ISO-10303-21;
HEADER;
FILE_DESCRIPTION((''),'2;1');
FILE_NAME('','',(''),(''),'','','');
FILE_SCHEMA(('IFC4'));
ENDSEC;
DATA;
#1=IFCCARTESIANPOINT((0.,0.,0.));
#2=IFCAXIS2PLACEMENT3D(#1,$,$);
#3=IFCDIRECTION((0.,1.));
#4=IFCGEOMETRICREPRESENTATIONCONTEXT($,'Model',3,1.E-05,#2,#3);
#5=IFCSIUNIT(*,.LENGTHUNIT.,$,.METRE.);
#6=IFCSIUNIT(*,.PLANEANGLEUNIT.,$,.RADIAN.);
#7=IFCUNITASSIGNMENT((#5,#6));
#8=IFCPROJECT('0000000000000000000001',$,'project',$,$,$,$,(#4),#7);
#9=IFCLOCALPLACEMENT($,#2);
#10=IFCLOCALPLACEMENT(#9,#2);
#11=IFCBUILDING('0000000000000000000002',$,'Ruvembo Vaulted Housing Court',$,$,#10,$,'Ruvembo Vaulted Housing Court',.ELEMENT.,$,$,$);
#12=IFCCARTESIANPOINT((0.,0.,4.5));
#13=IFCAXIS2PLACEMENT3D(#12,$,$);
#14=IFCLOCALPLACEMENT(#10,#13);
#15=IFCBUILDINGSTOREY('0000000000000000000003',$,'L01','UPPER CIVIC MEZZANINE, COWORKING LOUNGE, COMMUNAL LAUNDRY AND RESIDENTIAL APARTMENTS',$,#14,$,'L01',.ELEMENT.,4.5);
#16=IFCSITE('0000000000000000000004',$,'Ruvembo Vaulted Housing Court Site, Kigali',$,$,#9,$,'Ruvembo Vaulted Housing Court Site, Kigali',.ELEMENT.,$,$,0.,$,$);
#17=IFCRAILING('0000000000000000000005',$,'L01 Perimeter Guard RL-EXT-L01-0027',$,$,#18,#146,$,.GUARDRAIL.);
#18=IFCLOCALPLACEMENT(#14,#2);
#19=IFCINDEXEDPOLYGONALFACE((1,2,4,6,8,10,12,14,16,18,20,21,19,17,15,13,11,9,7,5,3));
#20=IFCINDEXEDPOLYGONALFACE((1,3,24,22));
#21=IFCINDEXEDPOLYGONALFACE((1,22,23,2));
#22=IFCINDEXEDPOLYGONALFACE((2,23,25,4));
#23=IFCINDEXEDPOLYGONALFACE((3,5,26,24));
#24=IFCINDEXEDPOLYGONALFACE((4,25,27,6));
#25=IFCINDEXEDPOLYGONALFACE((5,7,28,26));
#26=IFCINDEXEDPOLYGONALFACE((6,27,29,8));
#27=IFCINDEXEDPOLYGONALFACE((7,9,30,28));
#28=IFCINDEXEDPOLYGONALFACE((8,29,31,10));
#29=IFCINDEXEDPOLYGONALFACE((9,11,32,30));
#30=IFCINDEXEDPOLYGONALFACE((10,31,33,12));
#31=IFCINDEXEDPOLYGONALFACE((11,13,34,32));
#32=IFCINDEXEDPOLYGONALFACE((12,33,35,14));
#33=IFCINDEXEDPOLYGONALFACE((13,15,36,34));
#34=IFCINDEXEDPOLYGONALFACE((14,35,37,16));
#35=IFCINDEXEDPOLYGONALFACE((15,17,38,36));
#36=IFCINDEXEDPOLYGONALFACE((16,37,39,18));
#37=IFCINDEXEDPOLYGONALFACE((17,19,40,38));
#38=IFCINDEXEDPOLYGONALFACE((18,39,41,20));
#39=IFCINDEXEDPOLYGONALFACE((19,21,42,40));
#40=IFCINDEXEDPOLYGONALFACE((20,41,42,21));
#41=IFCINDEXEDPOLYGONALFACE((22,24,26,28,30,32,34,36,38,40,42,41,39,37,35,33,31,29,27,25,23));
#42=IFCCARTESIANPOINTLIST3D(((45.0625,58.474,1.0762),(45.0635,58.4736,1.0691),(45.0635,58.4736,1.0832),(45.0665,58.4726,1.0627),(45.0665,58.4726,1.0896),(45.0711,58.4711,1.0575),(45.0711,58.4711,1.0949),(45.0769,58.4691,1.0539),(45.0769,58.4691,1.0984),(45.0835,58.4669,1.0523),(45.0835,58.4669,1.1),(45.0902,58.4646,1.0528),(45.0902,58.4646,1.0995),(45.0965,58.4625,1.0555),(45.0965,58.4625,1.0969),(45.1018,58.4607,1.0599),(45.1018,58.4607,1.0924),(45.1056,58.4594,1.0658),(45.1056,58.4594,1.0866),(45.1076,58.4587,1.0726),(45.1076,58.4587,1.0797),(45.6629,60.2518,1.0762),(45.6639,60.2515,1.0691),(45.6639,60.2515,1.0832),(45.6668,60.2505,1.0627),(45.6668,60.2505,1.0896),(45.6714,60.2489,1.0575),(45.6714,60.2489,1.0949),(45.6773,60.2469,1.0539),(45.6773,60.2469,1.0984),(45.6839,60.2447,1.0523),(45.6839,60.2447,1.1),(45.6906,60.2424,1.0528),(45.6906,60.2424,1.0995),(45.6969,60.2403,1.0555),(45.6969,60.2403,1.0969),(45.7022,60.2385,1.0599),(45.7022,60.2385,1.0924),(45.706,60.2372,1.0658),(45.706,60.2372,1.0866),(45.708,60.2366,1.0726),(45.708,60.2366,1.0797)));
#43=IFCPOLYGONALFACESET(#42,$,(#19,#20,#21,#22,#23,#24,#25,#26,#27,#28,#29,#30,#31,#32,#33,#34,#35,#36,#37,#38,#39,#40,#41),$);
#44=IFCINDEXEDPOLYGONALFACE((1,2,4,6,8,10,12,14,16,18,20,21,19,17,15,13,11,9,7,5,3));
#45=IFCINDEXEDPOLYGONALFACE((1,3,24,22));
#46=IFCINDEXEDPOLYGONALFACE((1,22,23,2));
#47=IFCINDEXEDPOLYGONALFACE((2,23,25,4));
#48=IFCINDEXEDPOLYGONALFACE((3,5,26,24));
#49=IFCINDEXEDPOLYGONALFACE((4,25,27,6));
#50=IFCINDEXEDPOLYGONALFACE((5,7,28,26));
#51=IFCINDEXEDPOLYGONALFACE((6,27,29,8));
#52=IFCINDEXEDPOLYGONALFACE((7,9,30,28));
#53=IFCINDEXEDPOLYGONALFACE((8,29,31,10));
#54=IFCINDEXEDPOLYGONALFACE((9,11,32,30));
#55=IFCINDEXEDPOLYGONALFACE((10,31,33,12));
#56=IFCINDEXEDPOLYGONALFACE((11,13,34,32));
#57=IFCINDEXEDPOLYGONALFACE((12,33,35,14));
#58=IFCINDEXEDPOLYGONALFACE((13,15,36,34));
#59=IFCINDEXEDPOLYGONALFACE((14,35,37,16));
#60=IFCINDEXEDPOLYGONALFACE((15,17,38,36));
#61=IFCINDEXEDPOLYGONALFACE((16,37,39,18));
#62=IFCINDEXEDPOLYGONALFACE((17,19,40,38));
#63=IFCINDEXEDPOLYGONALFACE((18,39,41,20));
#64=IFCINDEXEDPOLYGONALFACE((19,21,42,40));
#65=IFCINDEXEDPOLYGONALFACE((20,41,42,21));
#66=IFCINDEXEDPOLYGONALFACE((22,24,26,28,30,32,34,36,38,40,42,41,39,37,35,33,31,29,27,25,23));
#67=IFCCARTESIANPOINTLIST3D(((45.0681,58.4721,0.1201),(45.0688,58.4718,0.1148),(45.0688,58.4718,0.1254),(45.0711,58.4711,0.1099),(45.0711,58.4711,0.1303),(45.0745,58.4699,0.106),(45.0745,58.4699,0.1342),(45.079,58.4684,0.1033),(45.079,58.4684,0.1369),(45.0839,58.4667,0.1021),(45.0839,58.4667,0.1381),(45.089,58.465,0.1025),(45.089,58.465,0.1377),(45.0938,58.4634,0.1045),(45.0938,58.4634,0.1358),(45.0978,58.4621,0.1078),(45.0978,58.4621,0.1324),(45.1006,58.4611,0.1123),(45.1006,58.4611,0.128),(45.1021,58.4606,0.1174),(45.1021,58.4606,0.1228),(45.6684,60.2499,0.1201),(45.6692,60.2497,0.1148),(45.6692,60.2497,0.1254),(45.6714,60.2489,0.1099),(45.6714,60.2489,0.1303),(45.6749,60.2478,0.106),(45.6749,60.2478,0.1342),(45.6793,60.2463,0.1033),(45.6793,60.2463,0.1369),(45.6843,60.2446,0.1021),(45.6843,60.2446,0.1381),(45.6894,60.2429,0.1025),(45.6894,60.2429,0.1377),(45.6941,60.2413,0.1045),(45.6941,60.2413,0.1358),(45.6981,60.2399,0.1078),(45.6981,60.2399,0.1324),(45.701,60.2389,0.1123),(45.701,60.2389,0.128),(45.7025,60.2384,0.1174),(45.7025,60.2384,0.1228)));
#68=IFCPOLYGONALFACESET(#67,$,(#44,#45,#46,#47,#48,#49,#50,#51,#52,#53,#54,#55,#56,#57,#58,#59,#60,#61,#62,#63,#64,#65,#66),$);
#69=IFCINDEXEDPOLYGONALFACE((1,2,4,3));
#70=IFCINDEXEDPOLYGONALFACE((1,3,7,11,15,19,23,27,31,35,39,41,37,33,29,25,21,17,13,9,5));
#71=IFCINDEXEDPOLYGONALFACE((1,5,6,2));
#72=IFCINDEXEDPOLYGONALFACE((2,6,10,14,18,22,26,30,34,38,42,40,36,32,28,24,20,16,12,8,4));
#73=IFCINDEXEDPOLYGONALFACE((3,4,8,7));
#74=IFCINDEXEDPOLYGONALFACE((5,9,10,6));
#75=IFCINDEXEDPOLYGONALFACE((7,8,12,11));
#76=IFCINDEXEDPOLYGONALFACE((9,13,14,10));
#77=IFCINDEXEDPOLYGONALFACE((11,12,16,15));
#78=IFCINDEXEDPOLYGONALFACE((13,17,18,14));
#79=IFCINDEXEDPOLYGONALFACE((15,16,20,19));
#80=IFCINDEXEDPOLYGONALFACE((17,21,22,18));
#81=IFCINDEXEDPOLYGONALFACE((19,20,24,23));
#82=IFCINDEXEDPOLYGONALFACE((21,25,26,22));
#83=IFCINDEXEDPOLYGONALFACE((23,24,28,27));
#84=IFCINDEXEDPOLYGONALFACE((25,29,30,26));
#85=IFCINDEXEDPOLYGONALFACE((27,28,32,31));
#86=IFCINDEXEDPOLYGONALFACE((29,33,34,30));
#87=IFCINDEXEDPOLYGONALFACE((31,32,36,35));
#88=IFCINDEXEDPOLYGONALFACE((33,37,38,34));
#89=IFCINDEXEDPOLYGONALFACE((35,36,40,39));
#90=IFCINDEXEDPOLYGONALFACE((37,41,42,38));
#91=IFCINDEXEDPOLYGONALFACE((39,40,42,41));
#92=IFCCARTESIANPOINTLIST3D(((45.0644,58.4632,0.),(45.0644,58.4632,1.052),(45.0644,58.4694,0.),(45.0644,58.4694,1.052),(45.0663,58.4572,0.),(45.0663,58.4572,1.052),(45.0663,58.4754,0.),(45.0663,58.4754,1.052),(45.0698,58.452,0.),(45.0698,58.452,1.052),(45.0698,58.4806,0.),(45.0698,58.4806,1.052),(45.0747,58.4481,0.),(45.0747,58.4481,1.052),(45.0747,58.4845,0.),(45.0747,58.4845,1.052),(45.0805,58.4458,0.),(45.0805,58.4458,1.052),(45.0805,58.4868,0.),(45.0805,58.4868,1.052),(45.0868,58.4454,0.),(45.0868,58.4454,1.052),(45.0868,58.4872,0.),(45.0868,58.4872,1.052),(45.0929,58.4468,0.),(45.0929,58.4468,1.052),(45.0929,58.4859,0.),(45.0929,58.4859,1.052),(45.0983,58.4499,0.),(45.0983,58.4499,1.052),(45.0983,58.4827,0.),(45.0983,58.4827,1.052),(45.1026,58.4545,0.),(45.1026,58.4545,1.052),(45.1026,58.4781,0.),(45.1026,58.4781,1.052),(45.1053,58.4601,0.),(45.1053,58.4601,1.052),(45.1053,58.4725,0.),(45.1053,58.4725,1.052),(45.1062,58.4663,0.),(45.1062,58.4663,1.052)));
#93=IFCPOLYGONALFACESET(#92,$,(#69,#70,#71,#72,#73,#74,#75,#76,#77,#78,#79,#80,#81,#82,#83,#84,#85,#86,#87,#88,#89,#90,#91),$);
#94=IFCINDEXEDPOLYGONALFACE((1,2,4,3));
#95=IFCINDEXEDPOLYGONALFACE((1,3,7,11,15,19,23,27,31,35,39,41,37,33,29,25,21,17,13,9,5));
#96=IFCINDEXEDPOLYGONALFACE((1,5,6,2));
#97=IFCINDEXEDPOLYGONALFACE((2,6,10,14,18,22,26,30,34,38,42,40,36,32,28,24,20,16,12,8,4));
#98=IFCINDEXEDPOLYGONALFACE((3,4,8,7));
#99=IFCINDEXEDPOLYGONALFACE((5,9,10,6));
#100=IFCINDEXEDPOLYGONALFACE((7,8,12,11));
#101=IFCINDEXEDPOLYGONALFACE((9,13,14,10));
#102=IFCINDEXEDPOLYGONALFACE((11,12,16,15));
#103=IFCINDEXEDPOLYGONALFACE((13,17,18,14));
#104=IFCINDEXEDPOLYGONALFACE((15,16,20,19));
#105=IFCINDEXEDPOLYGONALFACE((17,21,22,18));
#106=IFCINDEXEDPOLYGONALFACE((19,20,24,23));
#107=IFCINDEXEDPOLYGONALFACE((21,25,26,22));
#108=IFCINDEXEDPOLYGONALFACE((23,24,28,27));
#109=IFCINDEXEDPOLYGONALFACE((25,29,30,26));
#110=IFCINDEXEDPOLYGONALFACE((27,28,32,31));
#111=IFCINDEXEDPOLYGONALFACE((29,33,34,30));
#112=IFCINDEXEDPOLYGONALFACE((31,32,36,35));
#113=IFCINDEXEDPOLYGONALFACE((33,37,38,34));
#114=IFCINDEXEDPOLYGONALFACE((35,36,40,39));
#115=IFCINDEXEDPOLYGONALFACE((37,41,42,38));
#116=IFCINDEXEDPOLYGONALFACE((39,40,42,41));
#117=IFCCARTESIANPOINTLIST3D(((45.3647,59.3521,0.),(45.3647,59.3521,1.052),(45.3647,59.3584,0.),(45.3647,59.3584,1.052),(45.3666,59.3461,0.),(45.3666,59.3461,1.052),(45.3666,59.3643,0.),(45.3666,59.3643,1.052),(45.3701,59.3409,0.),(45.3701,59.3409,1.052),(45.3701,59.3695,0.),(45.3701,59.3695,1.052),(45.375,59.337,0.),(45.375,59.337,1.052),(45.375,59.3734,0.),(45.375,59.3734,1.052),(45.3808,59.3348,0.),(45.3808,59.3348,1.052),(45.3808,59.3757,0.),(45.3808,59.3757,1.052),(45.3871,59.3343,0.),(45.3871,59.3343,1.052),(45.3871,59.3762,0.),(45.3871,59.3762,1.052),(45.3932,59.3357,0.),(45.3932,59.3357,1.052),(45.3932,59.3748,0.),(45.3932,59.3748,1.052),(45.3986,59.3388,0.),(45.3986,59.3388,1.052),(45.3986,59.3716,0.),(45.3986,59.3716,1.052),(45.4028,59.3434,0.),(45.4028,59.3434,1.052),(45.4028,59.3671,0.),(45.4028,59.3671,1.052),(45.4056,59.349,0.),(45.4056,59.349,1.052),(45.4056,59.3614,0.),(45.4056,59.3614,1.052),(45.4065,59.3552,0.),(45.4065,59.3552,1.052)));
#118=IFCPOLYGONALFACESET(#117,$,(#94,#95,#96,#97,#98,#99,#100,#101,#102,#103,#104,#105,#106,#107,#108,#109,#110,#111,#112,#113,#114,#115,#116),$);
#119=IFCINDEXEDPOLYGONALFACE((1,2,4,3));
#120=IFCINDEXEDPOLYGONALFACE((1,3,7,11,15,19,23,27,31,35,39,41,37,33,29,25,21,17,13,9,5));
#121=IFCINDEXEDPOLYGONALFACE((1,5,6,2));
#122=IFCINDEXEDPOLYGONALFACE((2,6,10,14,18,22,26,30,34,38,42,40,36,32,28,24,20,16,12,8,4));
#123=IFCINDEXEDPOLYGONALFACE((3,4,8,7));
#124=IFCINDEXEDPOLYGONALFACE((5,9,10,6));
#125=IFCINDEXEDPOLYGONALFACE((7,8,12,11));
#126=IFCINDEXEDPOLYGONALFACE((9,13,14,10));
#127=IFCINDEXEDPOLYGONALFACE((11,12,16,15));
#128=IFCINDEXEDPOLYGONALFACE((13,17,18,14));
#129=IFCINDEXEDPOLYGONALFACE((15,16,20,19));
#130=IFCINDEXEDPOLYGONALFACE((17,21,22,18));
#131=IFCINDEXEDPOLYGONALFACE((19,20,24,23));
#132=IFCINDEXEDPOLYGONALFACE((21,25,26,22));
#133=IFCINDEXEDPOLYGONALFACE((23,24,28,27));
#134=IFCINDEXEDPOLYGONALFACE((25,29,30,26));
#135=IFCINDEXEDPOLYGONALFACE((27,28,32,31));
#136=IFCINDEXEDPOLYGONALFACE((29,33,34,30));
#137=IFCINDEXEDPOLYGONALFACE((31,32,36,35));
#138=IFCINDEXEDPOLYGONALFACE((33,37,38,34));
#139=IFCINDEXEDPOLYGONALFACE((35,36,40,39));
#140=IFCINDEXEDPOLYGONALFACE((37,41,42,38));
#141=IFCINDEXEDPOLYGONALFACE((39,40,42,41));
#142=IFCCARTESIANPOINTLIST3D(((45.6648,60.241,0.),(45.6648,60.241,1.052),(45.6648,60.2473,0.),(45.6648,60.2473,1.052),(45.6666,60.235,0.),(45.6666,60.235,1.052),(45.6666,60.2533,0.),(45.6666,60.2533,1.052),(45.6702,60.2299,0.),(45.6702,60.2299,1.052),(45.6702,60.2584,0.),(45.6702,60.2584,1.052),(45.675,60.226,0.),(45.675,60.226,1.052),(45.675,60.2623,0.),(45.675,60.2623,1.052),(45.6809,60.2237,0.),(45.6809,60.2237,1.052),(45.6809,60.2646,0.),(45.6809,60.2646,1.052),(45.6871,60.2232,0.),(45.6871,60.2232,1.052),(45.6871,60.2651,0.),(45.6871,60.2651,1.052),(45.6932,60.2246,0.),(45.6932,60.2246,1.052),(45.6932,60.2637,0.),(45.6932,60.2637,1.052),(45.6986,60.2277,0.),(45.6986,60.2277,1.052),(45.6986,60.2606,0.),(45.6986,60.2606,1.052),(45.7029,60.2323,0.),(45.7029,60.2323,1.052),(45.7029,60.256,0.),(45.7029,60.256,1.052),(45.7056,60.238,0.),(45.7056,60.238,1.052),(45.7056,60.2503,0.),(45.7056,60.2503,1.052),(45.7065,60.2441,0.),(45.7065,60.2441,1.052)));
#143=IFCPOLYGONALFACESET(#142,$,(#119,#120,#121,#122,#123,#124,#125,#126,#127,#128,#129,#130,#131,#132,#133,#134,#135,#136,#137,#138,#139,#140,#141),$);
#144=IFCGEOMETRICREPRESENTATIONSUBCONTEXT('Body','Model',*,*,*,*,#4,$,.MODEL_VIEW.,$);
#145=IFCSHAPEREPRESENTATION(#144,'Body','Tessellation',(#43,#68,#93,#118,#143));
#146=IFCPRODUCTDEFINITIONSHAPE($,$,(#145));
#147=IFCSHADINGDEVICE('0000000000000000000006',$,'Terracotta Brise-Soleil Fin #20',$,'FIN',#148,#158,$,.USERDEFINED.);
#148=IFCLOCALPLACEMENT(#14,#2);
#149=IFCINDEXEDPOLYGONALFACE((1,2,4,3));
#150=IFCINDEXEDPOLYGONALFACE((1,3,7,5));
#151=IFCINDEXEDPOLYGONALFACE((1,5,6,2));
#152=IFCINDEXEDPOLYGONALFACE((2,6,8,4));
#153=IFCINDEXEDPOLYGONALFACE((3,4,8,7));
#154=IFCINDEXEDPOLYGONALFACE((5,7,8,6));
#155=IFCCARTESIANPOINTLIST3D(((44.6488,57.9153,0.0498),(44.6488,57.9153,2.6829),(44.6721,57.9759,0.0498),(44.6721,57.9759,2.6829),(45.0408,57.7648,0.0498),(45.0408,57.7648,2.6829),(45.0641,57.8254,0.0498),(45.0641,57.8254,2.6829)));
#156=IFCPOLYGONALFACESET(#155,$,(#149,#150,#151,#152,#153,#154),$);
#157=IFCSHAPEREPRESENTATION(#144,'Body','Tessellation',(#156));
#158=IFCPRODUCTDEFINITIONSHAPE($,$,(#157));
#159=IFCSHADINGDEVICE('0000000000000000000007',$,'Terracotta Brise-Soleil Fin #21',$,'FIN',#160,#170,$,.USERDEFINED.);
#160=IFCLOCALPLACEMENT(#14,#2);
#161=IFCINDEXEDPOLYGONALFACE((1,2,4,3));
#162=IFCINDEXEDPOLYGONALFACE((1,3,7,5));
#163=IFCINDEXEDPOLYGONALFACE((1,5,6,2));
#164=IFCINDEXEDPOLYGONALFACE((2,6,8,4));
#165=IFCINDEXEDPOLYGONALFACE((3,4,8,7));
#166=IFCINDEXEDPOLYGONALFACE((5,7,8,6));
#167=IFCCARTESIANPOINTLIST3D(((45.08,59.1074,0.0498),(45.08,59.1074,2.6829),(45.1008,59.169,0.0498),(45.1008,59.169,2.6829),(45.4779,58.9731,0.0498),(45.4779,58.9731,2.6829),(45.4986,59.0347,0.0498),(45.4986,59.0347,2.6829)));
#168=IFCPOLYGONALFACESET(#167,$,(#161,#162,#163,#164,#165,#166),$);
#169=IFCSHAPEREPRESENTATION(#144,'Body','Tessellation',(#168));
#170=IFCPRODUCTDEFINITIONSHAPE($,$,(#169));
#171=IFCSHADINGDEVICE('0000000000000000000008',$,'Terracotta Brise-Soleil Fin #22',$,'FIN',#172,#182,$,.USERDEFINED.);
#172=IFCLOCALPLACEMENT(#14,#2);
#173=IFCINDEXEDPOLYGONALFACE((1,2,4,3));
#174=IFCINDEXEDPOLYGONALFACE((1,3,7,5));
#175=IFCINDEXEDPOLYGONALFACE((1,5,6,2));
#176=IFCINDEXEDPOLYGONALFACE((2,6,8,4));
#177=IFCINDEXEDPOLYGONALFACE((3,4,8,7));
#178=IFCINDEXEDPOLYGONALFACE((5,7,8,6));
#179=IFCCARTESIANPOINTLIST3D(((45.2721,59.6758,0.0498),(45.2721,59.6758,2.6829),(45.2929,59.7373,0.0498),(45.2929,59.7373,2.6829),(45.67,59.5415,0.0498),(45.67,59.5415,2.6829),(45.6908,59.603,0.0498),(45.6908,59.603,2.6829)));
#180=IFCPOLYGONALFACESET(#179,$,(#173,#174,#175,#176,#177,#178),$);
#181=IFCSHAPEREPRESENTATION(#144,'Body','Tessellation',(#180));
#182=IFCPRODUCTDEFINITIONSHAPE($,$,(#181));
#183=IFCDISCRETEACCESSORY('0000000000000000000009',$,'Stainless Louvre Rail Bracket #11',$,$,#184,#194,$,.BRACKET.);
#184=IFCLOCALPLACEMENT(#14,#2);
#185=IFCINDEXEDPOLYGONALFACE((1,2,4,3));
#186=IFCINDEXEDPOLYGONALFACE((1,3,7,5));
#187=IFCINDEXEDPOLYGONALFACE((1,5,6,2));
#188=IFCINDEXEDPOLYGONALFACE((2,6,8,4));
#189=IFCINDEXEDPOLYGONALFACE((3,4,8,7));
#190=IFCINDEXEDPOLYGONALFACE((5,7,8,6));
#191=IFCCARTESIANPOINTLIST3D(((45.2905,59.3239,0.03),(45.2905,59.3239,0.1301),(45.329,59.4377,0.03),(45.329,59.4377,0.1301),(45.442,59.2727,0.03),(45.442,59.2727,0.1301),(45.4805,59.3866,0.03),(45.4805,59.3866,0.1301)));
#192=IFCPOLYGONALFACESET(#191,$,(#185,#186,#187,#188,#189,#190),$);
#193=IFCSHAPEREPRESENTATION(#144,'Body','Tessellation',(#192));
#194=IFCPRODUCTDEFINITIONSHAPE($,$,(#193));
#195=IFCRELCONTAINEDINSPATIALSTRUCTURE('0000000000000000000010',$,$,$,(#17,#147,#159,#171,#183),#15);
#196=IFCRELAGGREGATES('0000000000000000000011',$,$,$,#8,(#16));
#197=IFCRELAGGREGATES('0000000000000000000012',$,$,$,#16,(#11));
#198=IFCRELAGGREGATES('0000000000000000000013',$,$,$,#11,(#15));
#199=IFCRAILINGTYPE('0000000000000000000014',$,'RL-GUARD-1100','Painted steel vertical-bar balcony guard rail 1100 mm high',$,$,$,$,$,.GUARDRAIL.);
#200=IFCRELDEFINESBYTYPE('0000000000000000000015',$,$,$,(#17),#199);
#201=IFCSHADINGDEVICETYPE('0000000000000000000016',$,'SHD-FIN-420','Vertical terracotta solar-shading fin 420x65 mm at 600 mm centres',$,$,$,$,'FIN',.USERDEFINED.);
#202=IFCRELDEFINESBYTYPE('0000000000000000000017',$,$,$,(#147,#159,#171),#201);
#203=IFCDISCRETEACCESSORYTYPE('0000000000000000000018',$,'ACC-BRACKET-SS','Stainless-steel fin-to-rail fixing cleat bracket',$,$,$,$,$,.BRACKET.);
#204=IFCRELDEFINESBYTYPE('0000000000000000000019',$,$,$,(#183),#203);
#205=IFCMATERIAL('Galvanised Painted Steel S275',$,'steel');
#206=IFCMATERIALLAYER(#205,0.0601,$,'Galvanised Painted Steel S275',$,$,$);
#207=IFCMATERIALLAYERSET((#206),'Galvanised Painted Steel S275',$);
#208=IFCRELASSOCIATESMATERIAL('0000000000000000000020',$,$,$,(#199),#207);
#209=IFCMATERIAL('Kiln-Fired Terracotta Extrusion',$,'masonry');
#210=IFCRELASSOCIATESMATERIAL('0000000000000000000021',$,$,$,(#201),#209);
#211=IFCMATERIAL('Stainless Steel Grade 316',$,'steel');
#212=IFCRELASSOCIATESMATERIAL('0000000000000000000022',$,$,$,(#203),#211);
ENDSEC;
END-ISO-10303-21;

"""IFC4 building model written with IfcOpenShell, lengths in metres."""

from ifc_helpers import new_model, si_unit, direction, frame, origin, origin_2d, place, context, subcontext, project, spatial, rectangle, circle, extrude, material, layer, layer_set, type_object, element, save


model = new_model("IFC4")

# Units and contexts
model_context = context("Model", 3, precision=1e-05, world=origin(), true_north=direction((0.0, 1.0)))
body_context = subcontext(model_context, "Body", "Model", "MODEL_VIEW")
ifc_project = project(units=[si_unit("LENGTHUNIT", "METRE"), si_unit("PLANEANGLEUNIT", "RADIAN")], contexts=[model_context])

# Site, building, storey
site_placement = place(None, origin())
site = spatial("IfcSite", under=ifc_project, at=site_placement, Name="Ruvembo Vaulted Housing Court Site, Kigali", LongName="Ruvembo Vaulted Housing Court Site, Kigali", CompositionType="ELEMENT", RefElevation=0.0)
building_placement = place(site_placement, origin())
building = spatial("IfcBuilding", under=site, at=building_placement, Name="Ruvembo Vaulted Housing Court", LongName="Ruvembo Vaulted Housing Court", CompositionType="ELEMENT")
storey_placement = place(building_placement, frame((0.0, 0.0, 4.5)))
storey = spatial("IfcBuildingStorey", under=building, at=storey_placement, Name="L01", Description="UPPER CIVIC MEZZANINE, COWORKING LOUNGE, COMMUNAL LAUNDRY AND RESIDENTIAL APARTMENTS", LongName="L01", CompositionType="ELEMENT", Elevation=4.5)

# Railing
ifc_material_1 = material(Name="Galvanised Painted Steel S275", Category="steel")
ifc_layer_1 = layer(ifc_material_1, 0.0601, Name="Galvanised Painted Steel S275")
ifc_layer_set_1 = layer_set([ifc_layer_1], Name="Galvanised Painted Steel S275")
railing_type = type_object("IfcRailingType", Name="RL-GUARD-1100", Description="Painted steel vertical-bar balcony guard rail 1100 mm high", PredefinedType="GUARDRAIL", material=ifc_layer_set_1)
railing_placement = place(storey_placement, frame((45.0852, 58.4663, 0.0)))
element("IfcRailing", 1, at=railing_placement, inside=storey, type_object=railing_type, Name="L01 Perimeter Guard RL-EXT-L01-0027", PredefinedType="GUARDRAIL", context=body_context, shape_type="SweptSolid", body=[
    extrude(circle(Radius=0.0239, at=origin_2d()), frame((0.0, 0.0, 1.0762), z_axis=(0.319933, 0.94744, 0.0), x_axis=(-0.94744, 0.319933, 0.0)), (0.0, 0.0, 1.0), 1.8765),
    extrude(circle(Radius=0.0181, at=origin_2d()), frame((0.0, 0.0, 0.1201), z_axis=(0.319933, 0.94744, 0.0), x_axis=(-0.94744, 0.319933, 0.0)), (0.0, 0.0, 1.0), 1.8765),
    extrude(circle(Radius=0.021, at=origin_2d()), origin(), (0.0, 0.0, 1.0), 1.052),
    extrude(circle(Radius=0.021, at=origin_2d()), frame((0.3003, 0.8889, 0.0)), (0.0, 0.0, 1.0), 1.052),
    extrude(circle(Radius=0.021, at=origin_2d()), frame((0.6003, 1.7778, 0.0)), (0.0, 0.0, 1.0), 1.052),
])

# Shading devices
ifc_material_2 = material(Name="Kiln-Fired Terracotta Extrusion", Category="masonry")
shading_device_type = type_object("IfcShadingDeviceType", Name="SHD-FIN-420", Description="Vertical terracotta solar-shading fin 420x65 mm at 600 mm centres", ElementType="FIN", PredefinedType="USERDEFINED", material=ifc_material_2)
for number, where, z_axis, x_axis, name in (
    (2, (44.8564, 57.8704, 0.0498), (0.0, 0.0, 1.0), (0.933568, -0.358401, 0.0), "Terracotta Brise-Soleil Fin #20"),
    (3, (45.2893, 59.071, 0.0498), (0.0, 0.0, 1.0), (0.947473, -0.319836, 0.0), "Terracotta Brise-Soleil Fin #21"),
    (4, (45.4814, 59.6394, 0.0498), (0.0, 0.0, 1.0), (0.947473, -0.319836, 0.0), "Terracotta Brise-Soleil Fin #22"),
):
    element("IfcShadingDevice", number, at=place(storey_placement, frame(where, z_axis=z_axis, x_axis=x_axis)), inside=storey, type_object=shading_device_type, Name=name, ObjectType="FIN", PredefinedType="USERDEFINED", context=body_context, shape_type="SweptSolid", body=[
        extrude(rectangle(XDim=0.4199, YDim=0.0649, at=origin_2d()), origin(), (0.0, 0.0, 1.0), 2.6331),
    ])

# Discrete accessory
ifc_material_3 = material(Name="Stainless Steel Grade 316", Category="steel")
discrete_accessory_type = type_object("IfcDiscreteAccessoryType", Name="ACC-BRACKET-SS", Description="Stainless-steel fin-to-rail fixing cleat bracket", PredefinedType="BRACKET", material=ifc_material_3)
discrete_accessory_placement = place(storey_placement, frame((45.3855, 59.3552, 0.03), z_axis=(0.0, 0.0, 1.0), x_axis=(0.947473, -0.319836, 0.0)))
element("IfcDiscreteAccessory", 5, at=discrete_accessory_placement, inside=storey, type_object=discrete_accessory_type, Name="Stainless Louvre Rail Bracket #11", PredefinedType="BRACKET", context=body_context, shape_type="SweptSolid", body=[
    extrude(rectangle(XDim=0.1599, YDim=0.1201, at=origin_2d()), origin(), (0.0, 0.0, 1.0), 0.1001),
])

save(model, "model.ifc")
